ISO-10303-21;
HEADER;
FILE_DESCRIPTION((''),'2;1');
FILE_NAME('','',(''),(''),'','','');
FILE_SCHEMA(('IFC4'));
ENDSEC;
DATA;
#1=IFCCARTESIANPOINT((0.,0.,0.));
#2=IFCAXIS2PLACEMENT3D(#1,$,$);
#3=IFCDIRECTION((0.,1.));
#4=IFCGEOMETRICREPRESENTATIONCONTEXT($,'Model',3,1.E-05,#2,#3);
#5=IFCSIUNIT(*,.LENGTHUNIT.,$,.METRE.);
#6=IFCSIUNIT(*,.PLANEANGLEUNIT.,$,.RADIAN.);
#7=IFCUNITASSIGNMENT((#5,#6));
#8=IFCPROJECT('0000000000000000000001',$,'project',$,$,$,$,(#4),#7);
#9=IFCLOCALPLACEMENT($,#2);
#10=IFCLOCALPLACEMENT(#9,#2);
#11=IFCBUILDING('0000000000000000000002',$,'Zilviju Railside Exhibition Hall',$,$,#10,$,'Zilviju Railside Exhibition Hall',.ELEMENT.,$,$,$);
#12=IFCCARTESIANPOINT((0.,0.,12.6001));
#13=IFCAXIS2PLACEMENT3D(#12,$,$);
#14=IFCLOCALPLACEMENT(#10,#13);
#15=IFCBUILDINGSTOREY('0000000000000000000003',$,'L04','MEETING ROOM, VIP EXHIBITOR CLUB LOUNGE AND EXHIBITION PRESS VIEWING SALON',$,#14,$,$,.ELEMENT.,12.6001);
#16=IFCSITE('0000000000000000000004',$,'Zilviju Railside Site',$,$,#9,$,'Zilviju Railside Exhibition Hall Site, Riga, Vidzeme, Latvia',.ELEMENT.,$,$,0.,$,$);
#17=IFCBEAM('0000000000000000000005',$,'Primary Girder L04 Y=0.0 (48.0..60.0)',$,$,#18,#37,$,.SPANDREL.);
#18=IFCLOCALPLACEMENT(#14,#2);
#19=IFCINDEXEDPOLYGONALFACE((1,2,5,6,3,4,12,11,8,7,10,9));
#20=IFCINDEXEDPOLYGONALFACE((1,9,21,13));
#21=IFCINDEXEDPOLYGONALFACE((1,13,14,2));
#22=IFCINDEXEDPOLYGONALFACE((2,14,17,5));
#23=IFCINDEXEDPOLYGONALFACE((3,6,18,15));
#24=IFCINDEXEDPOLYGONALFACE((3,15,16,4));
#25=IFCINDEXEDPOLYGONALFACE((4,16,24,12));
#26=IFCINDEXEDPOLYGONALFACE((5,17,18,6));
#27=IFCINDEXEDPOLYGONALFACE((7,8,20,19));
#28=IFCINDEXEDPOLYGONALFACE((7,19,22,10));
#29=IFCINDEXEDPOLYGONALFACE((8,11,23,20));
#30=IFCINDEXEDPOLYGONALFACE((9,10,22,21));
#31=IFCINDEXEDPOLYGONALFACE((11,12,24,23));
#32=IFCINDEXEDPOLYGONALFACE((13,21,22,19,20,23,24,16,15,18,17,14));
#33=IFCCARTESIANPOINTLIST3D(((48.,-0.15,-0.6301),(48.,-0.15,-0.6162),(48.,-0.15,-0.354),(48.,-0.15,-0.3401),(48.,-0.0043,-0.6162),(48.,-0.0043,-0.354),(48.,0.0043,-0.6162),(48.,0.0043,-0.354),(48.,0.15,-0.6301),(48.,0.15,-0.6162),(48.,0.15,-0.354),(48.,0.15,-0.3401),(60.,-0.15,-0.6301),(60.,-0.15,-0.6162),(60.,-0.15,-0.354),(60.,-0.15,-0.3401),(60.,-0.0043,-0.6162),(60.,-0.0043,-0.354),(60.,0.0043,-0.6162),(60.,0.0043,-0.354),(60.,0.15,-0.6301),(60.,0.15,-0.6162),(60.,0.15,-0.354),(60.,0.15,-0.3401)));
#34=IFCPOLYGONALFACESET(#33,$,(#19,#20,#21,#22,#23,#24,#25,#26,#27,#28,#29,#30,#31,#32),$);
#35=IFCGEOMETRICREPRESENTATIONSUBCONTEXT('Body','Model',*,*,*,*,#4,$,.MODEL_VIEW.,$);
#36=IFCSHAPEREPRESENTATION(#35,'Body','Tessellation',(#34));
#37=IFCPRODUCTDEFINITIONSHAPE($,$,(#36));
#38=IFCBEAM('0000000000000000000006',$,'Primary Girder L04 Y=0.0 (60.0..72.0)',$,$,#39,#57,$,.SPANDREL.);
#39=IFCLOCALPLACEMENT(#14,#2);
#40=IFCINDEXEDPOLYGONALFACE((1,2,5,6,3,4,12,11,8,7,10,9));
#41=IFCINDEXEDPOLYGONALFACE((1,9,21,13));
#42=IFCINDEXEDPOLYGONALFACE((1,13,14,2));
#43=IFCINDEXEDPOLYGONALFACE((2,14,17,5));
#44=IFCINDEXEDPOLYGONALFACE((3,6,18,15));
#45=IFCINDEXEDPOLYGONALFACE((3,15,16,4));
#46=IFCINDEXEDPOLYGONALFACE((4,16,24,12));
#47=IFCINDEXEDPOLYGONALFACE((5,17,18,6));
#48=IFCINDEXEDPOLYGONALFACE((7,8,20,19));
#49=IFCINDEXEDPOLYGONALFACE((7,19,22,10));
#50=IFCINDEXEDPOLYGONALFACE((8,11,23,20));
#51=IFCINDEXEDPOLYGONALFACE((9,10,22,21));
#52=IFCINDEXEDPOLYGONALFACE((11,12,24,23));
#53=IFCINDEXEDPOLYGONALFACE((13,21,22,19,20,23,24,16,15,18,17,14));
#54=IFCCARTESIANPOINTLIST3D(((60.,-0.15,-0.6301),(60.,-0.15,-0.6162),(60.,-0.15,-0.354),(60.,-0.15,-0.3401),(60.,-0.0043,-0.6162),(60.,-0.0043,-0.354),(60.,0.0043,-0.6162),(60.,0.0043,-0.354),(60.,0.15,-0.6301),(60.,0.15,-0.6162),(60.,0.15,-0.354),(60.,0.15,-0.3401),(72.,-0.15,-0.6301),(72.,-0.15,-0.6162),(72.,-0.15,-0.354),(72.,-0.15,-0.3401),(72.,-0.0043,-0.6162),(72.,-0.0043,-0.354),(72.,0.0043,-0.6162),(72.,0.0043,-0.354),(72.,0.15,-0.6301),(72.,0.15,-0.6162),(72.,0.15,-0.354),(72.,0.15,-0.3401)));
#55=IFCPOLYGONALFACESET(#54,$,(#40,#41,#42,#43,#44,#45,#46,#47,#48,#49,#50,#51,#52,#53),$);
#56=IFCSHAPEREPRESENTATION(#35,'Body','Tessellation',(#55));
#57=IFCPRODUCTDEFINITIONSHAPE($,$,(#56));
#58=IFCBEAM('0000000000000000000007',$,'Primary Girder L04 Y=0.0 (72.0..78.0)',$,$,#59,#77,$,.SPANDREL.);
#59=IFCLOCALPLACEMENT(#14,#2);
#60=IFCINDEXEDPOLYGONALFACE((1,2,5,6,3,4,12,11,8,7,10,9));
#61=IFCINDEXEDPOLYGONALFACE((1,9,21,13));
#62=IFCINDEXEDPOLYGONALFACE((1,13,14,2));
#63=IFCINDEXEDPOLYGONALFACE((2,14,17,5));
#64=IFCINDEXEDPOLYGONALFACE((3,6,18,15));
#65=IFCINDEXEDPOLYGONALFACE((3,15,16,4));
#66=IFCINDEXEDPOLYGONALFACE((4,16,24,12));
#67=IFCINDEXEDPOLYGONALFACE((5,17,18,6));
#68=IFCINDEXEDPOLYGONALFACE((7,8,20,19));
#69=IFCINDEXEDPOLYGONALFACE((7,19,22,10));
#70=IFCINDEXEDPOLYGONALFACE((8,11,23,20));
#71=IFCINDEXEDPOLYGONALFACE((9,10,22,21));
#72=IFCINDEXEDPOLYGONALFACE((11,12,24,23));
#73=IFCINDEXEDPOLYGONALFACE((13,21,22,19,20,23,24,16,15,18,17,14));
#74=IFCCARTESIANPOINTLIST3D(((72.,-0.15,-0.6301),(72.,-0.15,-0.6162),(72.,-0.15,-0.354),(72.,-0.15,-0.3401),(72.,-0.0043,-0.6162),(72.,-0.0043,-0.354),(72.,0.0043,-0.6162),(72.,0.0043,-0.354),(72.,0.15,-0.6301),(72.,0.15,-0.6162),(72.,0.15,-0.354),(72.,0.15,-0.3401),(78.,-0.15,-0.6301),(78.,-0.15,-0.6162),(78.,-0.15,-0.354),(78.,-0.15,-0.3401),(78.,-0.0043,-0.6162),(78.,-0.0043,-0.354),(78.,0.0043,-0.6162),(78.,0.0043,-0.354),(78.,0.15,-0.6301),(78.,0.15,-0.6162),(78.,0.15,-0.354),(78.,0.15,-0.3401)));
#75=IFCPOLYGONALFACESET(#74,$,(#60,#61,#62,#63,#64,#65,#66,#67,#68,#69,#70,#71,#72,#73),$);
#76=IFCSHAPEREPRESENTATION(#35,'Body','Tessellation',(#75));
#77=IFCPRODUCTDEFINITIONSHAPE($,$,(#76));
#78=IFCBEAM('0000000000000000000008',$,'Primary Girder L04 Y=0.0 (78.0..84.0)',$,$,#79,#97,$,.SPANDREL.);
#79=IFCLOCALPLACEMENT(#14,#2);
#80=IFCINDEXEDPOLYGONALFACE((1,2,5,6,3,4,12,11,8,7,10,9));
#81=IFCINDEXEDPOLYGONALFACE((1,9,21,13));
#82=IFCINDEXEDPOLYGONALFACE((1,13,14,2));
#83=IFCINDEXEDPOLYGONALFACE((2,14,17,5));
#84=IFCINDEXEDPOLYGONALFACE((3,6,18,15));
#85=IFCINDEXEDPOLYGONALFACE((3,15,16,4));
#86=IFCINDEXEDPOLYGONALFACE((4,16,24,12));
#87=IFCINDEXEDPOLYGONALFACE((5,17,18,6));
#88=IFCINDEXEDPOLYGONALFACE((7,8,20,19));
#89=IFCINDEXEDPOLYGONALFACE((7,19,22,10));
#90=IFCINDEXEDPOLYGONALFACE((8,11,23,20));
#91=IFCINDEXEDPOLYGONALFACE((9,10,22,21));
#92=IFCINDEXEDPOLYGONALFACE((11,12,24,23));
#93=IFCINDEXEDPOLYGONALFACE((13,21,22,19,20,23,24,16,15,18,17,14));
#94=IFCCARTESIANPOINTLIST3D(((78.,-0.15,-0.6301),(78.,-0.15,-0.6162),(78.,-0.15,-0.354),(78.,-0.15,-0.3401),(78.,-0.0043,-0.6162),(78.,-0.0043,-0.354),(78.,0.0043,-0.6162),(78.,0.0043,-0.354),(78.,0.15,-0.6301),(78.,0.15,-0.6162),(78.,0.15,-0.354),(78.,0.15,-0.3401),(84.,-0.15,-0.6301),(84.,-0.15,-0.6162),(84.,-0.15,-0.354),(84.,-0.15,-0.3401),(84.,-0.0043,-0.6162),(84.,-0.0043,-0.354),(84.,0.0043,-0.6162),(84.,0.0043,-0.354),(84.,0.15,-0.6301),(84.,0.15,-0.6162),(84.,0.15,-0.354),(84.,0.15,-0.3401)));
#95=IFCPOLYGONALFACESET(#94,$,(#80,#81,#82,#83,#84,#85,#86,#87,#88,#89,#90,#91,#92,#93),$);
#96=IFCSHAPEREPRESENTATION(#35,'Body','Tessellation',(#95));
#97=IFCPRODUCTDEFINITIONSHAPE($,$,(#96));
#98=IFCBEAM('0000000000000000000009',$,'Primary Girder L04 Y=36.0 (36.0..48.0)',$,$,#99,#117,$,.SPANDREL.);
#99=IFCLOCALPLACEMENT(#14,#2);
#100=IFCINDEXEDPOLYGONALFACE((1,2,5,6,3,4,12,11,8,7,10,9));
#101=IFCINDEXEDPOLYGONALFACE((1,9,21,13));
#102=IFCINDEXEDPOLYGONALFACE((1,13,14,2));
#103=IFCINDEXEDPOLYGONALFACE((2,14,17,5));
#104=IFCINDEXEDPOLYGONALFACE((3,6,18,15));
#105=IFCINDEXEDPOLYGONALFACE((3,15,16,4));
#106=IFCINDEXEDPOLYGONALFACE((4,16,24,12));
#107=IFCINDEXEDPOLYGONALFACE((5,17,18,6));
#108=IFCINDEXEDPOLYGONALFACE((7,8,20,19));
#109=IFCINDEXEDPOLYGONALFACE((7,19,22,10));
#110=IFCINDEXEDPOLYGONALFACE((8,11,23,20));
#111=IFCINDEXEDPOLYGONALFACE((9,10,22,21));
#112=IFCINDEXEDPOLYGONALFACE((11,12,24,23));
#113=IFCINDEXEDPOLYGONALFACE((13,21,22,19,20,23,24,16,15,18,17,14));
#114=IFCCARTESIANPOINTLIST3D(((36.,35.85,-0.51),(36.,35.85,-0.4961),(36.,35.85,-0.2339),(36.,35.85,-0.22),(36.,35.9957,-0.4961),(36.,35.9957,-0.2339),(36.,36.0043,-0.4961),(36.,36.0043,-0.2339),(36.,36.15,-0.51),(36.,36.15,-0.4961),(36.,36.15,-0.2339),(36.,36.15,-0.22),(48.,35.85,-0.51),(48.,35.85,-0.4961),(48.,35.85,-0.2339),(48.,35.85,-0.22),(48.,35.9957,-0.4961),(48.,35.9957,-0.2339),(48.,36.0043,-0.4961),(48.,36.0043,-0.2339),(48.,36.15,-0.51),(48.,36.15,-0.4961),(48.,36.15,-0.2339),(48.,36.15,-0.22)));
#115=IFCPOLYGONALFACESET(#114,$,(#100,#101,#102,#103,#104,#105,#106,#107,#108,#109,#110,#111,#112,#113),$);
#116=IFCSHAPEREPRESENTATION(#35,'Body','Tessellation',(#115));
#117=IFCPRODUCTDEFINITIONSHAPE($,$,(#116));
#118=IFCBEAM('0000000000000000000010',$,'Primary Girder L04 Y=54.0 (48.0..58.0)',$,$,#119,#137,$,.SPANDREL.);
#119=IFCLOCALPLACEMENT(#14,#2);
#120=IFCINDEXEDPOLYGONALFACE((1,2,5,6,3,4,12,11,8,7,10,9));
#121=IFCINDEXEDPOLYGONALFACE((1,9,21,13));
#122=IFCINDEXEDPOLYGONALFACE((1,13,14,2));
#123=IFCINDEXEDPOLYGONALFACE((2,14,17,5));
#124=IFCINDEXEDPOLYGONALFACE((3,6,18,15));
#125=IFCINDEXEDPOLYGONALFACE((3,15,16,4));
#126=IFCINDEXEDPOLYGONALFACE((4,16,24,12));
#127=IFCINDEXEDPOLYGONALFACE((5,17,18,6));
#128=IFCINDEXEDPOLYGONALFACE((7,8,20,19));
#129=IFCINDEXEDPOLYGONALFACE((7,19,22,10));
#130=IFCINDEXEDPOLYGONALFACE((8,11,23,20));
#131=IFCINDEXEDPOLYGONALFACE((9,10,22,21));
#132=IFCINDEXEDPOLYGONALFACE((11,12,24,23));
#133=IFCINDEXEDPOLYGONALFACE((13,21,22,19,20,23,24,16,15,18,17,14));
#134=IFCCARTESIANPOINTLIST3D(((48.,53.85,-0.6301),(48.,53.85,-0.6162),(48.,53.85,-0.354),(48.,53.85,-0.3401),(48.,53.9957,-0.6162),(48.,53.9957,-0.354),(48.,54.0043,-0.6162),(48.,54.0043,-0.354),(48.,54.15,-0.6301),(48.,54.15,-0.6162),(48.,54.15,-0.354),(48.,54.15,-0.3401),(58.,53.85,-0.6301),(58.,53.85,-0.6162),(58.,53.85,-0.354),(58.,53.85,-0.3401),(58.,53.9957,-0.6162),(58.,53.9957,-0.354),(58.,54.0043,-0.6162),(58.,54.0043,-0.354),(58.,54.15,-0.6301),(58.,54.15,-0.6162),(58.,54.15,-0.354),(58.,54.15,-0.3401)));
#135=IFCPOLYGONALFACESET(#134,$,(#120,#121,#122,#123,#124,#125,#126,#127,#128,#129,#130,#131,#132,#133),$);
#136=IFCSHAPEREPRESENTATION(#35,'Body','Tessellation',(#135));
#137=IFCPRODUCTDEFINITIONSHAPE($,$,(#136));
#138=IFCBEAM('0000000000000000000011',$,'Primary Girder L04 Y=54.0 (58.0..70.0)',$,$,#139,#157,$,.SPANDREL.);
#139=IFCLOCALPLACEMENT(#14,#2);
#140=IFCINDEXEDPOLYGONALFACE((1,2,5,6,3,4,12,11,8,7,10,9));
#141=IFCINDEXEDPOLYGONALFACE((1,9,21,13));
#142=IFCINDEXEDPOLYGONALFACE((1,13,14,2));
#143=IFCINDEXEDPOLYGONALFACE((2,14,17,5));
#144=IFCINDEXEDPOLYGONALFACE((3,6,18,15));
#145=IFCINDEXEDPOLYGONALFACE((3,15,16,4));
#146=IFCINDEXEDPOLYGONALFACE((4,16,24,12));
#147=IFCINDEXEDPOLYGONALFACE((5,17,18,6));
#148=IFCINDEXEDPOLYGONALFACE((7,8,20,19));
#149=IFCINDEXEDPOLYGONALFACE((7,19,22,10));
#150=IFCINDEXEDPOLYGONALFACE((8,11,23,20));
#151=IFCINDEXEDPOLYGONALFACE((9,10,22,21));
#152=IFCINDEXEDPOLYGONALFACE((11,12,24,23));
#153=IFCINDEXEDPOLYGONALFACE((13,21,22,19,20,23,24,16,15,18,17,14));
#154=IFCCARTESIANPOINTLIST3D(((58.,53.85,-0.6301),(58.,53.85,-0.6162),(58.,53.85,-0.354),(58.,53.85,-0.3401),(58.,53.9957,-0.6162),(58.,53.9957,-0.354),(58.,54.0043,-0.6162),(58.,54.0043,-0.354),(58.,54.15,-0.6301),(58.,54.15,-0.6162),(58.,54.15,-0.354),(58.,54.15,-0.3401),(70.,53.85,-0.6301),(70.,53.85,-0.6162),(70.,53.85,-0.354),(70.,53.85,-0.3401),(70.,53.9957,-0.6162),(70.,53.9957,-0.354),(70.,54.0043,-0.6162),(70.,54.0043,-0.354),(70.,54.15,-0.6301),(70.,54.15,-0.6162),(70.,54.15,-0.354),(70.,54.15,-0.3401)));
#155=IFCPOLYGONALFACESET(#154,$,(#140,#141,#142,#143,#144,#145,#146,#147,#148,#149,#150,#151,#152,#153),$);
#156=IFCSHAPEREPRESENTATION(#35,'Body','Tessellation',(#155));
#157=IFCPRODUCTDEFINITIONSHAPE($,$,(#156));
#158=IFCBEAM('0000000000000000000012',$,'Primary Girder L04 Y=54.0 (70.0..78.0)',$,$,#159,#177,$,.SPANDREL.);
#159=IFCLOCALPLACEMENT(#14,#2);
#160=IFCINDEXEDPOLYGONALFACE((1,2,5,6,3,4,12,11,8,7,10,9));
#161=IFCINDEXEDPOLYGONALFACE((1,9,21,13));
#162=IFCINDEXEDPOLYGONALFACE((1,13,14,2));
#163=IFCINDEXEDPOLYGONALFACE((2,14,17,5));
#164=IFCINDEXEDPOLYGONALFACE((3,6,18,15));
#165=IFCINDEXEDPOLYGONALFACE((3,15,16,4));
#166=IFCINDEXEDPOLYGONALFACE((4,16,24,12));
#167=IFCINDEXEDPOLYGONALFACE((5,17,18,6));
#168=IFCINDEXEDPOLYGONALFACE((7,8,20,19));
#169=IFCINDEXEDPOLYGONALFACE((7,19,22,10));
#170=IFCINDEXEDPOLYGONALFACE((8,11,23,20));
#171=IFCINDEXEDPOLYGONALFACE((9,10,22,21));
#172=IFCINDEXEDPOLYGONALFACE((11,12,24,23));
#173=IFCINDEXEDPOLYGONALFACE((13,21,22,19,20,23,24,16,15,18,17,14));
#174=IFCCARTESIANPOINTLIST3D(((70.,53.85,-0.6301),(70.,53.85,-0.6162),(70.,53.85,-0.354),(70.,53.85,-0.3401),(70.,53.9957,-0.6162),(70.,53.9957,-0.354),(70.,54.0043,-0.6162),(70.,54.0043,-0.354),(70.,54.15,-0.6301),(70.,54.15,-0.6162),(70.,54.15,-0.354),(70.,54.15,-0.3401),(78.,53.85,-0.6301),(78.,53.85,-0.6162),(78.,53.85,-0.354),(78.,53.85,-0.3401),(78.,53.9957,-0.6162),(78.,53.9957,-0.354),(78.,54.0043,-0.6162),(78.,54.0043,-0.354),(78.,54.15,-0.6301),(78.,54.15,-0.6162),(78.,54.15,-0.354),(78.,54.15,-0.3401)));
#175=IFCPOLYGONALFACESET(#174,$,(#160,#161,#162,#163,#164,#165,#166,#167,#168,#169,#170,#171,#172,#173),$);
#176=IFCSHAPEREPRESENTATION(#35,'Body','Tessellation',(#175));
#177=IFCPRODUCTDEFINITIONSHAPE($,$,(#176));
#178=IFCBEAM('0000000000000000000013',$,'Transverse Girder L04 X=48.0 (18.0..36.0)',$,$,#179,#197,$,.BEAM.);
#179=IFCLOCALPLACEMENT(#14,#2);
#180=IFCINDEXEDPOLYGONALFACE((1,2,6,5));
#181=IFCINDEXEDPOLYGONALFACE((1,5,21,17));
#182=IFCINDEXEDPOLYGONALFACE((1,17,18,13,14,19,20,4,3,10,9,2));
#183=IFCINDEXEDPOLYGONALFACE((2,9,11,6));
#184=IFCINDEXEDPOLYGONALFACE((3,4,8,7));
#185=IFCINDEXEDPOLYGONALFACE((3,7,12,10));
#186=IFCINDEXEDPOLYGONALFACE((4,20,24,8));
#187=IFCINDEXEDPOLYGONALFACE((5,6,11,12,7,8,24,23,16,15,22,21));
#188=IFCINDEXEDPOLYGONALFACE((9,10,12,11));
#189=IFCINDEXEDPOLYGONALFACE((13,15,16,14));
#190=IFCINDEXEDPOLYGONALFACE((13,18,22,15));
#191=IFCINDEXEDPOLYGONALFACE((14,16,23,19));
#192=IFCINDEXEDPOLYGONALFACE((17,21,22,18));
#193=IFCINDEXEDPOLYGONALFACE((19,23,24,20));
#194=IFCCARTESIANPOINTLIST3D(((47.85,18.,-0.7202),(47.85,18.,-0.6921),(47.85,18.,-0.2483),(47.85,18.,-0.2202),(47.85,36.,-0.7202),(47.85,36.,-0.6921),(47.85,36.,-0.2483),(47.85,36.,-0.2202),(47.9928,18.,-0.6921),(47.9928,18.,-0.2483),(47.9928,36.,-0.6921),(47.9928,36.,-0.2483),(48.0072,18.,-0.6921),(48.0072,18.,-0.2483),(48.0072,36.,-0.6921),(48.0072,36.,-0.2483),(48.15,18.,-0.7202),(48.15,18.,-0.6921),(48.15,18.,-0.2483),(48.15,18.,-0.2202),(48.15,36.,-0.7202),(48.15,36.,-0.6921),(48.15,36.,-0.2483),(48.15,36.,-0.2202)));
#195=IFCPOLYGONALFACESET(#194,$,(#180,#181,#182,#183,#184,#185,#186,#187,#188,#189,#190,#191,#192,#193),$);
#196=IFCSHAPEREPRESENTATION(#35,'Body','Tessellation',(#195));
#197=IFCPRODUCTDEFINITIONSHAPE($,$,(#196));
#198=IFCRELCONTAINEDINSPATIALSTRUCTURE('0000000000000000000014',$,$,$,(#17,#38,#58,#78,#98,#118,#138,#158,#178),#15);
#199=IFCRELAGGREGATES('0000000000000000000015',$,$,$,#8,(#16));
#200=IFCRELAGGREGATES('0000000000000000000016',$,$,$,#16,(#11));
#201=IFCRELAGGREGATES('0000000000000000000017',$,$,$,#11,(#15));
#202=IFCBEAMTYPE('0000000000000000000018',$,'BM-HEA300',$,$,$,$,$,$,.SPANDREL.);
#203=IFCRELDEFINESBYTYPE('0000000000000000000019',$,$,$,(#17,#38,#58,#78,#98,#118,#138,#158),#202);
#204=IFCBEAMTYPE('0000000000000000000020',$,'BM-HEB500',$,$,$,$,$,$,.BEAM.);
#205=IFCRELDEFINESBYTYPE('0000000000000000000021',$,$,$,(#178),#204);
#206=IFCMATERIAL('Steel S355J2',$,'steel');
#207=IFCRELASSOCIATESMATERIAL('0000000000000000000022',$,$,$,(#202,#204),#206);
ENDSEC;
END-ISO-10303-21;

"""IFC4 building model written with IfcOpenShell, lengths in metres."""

from ifc_helpers import new_model, si_unit, direction, frame, origin, origin_2d, place, context, subcontext, project, spatial, i_section, extrude, material, material_profile, profile_set, type_object, element, save


model = new_model("IFC4")

# Units and contexts
model_context = context("Model", 3, precision=1e-05, world=origin(), true_north=direction((0.0, 1.0)))
body_context = subcontext(model_context, "Body", "Model", "MODEL_VIEW")
ifc_project = project(units=[si_unit("LENGTHUNIT", "METRE"), si_unit("PLANEANGLEUNIT", "RADIAN")], contexts=[model_context])

# Site, building, storey
site_placement = place(None, origin())
site = spatial("IfcSite", under=ifc_project, at=site_placement, Name="Zilviju Railside Site", LongName="Zilviju Railside Exhibition Hall Site, Riga, Vidzeme, Latvia", CompositionType="ELEMENT", RefElevation=0.0)
building_placement = place(site_placement, origin())
building = spatial("IfcBuilding", under=site, at=building_placement, Name="Zilviju Railside Exhibition Hall", LongName="Zilviju Railside Exhibition Hall", CompositionType="ELEMENT")
storey_placement = place(building_placement, frame((0.0, 0.0, 12.6001)))
storey = spatial("IfcBuildingStorey", under=building, at=storey_placement, Name="L04", Description="MEETING ROOM, VIP EXHIBITOR CLUB LOUNGE AND EXHIBITION PRESS VIEWING SALON", CompositionType="ELEMENT", Elevation=12.6001)

# Beams
ifc_material_1 = material(Name="Steel S355J2", Category="steel")
ifc_material_profile_1 = material_profile(ifc_material_1, i_section(OverallWidth=0.3, OverallDepth=0.29, WebThickness=0.0085, FlangeThickness=0.0139, at=origin_2d()), Name="HEA 300")
ifc_profile_set_1 = profile_set([ifc_material_profile_1], Name="Steel S355J2")
beam_type_1 = type_object("IfcBeamType", Name="BM-HEA300", PredefinedType="SPANDREL", material=ifc_profile_set_1)
for number, where, z_axis, x_axis, name in (
    (1, (48.0, 0.0, -0.4851), (1.0, 0.0, 0.0), (0.0, 1.0, 0.0), "Primary Girder L04 Y=0.0 (48.0..60.0)"),
    (2, (60.0, 0.0, -0.4851), (1.0, 0.0, 0.0), (0.0, 1.0, 0.0), "Primary Girder L04 Y=0.0 (60.0..72.0)"),
):
    element("IfcBeam", number, at=place(storey_placement, frame(where, z_axis=z_axis, x_axis=x_axis)), inside=storey, type_object=beam_type_1, Name=name, PredefinedType="SPANDREL", context=body_context, shape_type="SweptSolid", body=[
        extrude(i_section(OverallWidth=0.3, OverallDepth=0.29, WebThickness=0.0085, FlangeThickness=0.0139, at=origin_2d()), origin(), (0.0, 0.0, 1.0), 12.0),
    ])
for number, where, z_axis, x_axis, name in (
    (3, (72.0, 0.0, -0.4851), (1.0, 0.0, 0.0), (0.0, 1.0, 0.0), "Primary Girder L04 Y=0.0 (72.0..78.0)"),
    (4, (78.0, 0.0, -0.4851), (1.0, 0.0, 0.0), (0.0, 1.0, 0.0), "Primary Girder L04 Y=0.0 (78.0..84.0)"),
):
    element("IfcBeam", number, at=place(storey_placement, frame(where, z_axis=z_axis, x_axis=x_axis)), inside=storey, type_object=beam_type_1, Name=name, PredefinedType="SPANDREL", context=body_context, shape_type="SweptSolid", body=[
        extrude(i_section(OverallWidth=0.3, OverallDepth=0.29, WebThickness=0.0085, FlangeThickness=0.0139, at=origin_2d()), origin(), (0.0, 0.0, 1.0), 6.0),
    ])
beam_1_placement = place(storey_placement, frame((36.0, 36.0, -0.365), z_axis=(1.0, 0.0, 0.0), x_axis=(0.0, 1.0, 0.0)))
element("IfcBeam", 5, at=beam_1_placement, inside=storey, type_object=beam_type_1, Name="Primary Girder L04 Y=36.0 (36.0..48.0)", PredefinedType="SPANDREL", context=body_context, shape_type="SweptSolid", body=[
    extrude(i_section(OverallWidth=0.3, OverallDepth=0.29, WebThickness=0.0085, FlangeThickness=0.0139, at=origin_2d()), origin(), (0.0, 0.0, 1.0), 12.0),
])
beam_2_placement = place(storey_placement, frame((48.0, 54.0, -0.4851), z_axis=(1.0, 0.0, 0.0), x_axis=(0.0, 1.0, 0.0)))
element("IfcBeam", 6, at=beam_2_placement, inside=storey, type_object=beam_type_1, Name="Primary Girder L04 Y=54.0 (48.0..58.0)", PredefinedType="SPANDREL", context=body_context, shape_type="SweptSolid", body=[
    extrude(i_section(OverallWidth=0.3, OverallDepth=0.29, WebThickness=0.0085, FlangeThickness=0.0139, at=origin_2d()), origin(), (0.0, 0.0, 1.0), 10.0),
])
beam_3_placement = place(storey_placement, frame((58.0, 54.0, -0.4851), z_axis=(1.0, 0.0, 0.0), x_axis=(0.0, 1.0, 0.0)))
element("IfcBeam", 7, at=beam_3_placement, inside=storey, type_object=beam_type_1, Name="Primary Girder L04 Y=54.0 (58.0..70.0)", PredefinedType="SPANDREL", context=body_context, shape_type="SweptSolid", body=[
    extrude(i_section(OverallWidth=0.3, OverallDepth=0.29, WebThickness=0.0085, FlangeThickness=0.0139, at=origin_2d()), origin(), (0.0, 0.0, 1.0), 12.0),
])
beam_4_placement = place(storey_placement, frame((70.0, 54.0, -0.4851), z_axis=(1.0, 0.0, 0.0), x_axis=(0.0, 1.0, 0.0)))
element("IfcBeam", 8, at=beam_4_placement, inside=storey, type_object=beam_type_1, Name="Primary Girder L04 Y=54.0 (70.0..78.0)", PredefinedType="SPANDREL", context=body_context, shape_type="SweptSolid", body=[
    extrude(i_section(OverallWidth=0.3, OverallDepth=0.29, WebThickness=0.0085, FlangeThickness=0.0139, at=origin_2d()), origin(), (0.0, 0.0, 1.0), 8.0),
])
ifc_material_profile_2 = material_profile(ifc_material_1, i_section(OverallWidth=0.3, OverallDepth=0.5, WebThickness=0.0144, FlangeThickness=0.0281, at=origin_2d()), Name="HEB 500")
ifc_profile_set_2 = profile_set([ifc_material_profile_2], Name="Steel S355J2")
beam_type_2 = type_object("IfcBeamType", Name="BM-HEB500", PredefinedType="BEAM", material=ifc_profile_set_2)
beam_5_placement = place(storey_placement, frame((48.0, 18.0, -0.4702), z_axis=(0.0, 1.0, 0.0), x_axis=(-1.0, 0.0, 0.0)))
element("IfcBeam", 9, at=beam_5_placement, inside=storey, type_object=beam_type_2, Name="Transverse Girder L04 X=48.0 (18.0..36.0)", PredefinedType="BEAM", context=body_context, shape_type="SweptSolid", body=[
    extrude(i_section(OverallWidth=0.3, OverallDepth=0.5, WebThickness=0.0144, FlangeThickness=0.0281, at=origin_2d()), origin(), (0.0, 0.0, 1.0), 18.0),
])

save(model, "model.ifc")
